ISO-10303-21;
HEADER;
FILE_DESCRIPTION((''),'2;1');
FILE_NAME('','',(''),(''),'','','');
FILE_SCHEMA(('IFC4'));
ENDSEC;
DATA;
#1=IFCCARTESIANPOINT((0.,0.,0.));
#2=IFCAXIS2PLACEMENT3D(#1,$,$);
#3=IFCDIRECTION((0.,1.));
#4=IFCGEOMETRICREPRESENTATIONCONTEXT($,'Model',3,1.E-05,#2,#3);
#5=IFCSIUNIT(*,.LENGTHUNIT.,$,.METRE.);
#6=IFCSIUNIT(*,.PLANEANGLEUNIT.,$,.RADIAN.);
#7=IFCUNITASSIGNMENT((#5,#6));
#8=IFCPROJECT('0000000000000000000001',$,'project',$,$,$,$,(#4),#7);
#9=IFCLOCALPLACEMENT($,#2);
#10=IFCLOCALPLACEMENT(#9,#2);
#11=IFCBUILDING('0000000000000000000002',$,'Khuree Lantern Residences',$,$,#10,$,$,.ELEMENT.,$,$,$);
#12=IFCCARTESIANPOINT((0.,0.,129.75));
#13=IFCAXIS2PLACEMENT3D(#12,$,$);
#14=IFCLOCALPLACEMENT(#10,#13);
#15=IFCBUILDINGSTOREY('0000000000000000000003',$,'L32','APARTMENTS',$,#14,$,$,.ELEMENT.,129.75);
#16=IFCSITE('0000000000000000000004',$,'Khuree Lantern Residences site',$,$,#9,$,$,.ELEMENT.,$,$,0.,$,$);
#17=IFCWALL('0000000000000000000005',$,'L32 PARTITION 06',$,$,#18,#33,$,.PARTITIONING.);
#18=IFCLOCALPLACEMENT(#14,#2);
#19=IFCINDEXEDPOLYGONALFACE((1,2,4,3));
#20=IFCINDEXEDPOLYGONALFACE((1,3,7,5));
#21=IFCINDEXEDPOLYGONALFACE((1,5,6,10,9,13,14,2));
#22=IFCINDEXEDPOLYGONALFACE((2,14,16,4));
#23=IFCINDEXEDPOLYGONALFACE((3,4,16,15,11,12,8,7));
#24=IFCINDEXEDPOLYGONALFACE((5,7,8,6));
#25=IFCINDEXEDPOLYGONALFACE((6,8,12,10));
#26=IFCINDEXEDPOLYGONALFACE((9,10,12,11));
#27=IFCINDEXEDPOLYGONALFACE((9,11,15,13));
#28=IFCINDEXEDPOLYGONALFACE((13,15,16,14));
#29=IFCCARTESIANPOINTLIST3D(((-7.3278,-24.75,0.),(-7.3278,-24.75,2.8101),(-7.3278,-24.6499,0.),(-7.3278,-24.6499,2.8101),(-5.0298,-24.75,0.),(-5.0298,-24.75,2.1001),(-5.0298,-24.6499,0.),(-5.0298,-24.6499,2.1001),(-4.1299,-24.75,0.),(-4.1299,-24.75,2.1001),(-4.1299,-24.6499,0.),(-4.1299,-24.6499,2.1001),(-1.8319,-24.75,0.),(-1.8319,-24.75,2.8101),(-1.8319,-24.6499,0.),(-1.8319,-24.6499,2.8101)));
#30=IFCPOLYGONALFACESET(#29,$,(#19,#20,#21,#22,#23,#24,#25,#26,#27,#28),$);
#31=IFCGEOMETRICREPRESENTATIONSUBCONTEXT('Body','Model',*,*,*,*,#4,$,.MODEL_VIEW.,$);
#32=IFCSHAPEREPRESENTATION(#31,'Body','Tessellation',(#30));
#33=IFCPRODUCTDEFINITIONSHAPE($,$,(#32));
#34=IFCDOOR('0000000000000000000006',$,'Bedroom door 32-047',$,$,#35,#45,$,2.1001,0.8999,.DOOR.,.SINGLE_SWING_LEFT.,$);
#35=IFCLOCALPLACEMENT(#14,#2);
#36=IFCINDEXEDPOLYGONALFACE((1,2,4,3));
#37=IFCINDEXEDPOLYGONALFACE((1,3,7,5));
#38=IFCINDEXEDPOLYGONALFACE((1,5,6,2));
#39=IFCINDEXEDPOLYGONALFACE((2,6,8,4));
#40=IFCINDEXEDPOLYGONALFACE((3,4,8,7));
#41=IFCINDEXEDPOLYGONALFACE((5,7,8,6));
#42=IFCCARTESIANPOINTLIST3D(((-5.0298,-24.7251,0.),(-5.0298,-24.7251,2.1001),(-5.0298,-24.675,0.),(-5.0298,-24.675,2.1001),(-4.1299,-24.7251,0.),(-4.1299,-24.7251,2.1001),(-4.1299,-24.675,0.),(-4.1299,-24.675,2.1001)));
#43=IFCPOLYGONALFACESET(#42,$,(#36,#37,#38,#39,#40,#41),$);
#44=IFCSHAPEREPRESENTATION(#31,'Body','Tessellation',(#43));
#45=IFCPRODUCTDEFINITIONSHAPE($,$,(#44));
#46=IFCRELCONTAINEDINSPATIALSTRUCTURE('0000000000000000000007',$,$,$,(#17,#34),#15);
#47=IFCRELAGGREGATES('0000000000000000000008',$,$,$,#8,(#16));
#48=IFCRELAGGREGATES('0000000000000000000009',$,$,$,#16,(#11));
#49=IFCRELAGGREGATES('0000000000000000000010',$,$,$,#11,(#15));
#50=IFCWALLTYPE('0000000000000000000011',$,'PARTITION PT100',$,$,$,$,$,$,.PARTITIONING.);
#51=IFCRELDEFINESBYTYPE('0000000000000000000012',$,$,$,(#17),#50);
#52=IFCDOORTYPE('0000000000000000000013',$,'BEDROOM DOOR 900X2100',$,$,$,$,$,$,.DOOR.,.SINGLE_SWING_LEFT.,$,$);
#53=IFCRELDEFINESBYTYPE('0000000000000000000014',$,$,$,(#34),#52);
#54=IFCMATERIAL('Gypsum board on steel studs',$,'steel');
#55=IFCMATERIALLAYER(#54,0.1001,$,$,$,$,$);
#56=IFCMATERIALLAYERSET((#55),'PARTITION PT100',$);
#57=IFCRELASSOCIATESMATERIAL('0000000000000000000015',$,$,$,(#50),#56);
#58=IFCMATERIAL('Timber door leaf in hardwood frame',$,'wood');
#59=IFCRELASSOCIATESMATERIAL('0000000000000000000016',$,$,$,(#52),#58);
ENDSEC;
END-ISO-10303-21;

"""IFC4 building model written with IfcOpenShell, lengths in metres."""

from ifc_helpers import new_model, si_unit, direction, frame, frame_2d, origin, place, context, subcontext, project, spatial, rectangle, extrude, material, layer, layer_set, type_object, element, fill, save


model = new_model("IFC4")

# Units and contexts
model_context = context("Model", 3, precision=1e-05, world=origin(), true_north=direction((0.0, 1.0)))
body_context = subcontext(model_context, "Body", "Model", "MODEL_VIEW")
ifc_project = project(units=[si_unit("LENGTHUNIT", "METRE"), si_unit("PLANEANGLEUNIT", "RADIAN")], contexts=[model_context])

# Site, building, storey
site_placement = place(None, origin())
site = spatial("IfcSite", under=ifc_project, at=site_placement, Name="Khuree Lantern Residences site", CompositionType="ELEMENT", RefElevation=0.0)
building_placement = place(site_placement, origin())
building = spatial("IfcBuilding", under=site, at=building_placement, Name="Khuree Lantern Residences", CompositionType="ELEMENT")
storey_placement = place(building_placement, frame((0.0, 0.0, 129.75)))
storey = spatial("IfcBuildingStorey", under=building, at=storey_placement, Name="L32", Description="APARTMENTS", CompositionType="ELEMENT", Elevation=129.75)

# Shared definitions
ifc_material_1 = material(Name="Gypsum board on steel studs", Category="steel")
ifc_layer_1 = layer(ifc_material_1, 0.1001)
ifc_layer_set_1 = layer_set([ifc_layer_1], Name="PARTITION PT100")
wall_type = type_object("IfcWallType", Name="PARTITION PT100", PredefinedType="PARTITIONING", material=ifc_layer_set_1)

# Shared definitions
ifc_material_2 = material(Name="Timber door leaf in hardwood frame", Category="wood")
door_type_1 = type_object("IfcDoorType", Name="BEDROOM DOOR 900X2100", OperationType="SINGLE_SWING_LEFT", PredefinedType="DOOR", material=ifc_material_2)

# Wall, opening, door
wall_1_placement = place(storey_placement, frame((-7.3279, -24.7, 0.0), z_axis=(0.0, 0.0, 1.0), x_axis=(1.0, 0.0, 0.0)))
wall_1 = element("IfcWall", 1, at=wall_1_placement, inside=storey, type_object=wall_type, Name="L32 PARTITION 06", PredefinedType="PARTITIONING", context=body_context, shape_type="SweptSolid", body=[
    extrude(rectangle(XDim=5.4958, YDim=0.1001, at=frame_2d((2.748, 0.0))), origin(), (0.0, 0.0, 1.0), 2.8101),
])
opening_1_placement = place(wall_1_placement, frame((2.2981, 0.0, 0.0)))
opening_1 = element("IfcOpeningElement", 2, at=opening_1_placement, cuts=wall_1, PredefinedType="OPENING", context=body_context, shape_type="SweptSolid", body=[
    extrude(rectangle(XDim=0.8999, YDim=2.1001, at=frame_2d((0.45, 1.05))), frame((0.0, 0.0601, 0.0), z_axis=(0.0, -1.0, 0.0), x_axis=(1.0, 0.0, 0.0)), (0.0, 0.0, 1.0), 0.1201),
])
door_1_placement = place(opening_1_placement, origin())
door_1 = element("IfcDoor", 3, at=door_1_placement, inside=storey, type_object=door_type_1, Name="Bedroom door 32-047", OperationType="SINGLE_SWING_LEFT", OverallHeight=2.1001, OverallWidth=0.8999, PredefinedType="DOOR", context=body_context, shape_type="SweptSolid", body=[
    extrude(rectangle(XDim=0.8999, YDim=2.1001, at=frame_2d((0.45, 1.05))), frame((0.0, 0.0249, 0.0), z_axis=(0.0, -1.0, 0.0), x_axis=(1.0, 0.0, 0.0)), (0.0, 0.0, 1.0), 0.05),
])
fill(opening_1, door_1)

save(model, "model.ifc")
